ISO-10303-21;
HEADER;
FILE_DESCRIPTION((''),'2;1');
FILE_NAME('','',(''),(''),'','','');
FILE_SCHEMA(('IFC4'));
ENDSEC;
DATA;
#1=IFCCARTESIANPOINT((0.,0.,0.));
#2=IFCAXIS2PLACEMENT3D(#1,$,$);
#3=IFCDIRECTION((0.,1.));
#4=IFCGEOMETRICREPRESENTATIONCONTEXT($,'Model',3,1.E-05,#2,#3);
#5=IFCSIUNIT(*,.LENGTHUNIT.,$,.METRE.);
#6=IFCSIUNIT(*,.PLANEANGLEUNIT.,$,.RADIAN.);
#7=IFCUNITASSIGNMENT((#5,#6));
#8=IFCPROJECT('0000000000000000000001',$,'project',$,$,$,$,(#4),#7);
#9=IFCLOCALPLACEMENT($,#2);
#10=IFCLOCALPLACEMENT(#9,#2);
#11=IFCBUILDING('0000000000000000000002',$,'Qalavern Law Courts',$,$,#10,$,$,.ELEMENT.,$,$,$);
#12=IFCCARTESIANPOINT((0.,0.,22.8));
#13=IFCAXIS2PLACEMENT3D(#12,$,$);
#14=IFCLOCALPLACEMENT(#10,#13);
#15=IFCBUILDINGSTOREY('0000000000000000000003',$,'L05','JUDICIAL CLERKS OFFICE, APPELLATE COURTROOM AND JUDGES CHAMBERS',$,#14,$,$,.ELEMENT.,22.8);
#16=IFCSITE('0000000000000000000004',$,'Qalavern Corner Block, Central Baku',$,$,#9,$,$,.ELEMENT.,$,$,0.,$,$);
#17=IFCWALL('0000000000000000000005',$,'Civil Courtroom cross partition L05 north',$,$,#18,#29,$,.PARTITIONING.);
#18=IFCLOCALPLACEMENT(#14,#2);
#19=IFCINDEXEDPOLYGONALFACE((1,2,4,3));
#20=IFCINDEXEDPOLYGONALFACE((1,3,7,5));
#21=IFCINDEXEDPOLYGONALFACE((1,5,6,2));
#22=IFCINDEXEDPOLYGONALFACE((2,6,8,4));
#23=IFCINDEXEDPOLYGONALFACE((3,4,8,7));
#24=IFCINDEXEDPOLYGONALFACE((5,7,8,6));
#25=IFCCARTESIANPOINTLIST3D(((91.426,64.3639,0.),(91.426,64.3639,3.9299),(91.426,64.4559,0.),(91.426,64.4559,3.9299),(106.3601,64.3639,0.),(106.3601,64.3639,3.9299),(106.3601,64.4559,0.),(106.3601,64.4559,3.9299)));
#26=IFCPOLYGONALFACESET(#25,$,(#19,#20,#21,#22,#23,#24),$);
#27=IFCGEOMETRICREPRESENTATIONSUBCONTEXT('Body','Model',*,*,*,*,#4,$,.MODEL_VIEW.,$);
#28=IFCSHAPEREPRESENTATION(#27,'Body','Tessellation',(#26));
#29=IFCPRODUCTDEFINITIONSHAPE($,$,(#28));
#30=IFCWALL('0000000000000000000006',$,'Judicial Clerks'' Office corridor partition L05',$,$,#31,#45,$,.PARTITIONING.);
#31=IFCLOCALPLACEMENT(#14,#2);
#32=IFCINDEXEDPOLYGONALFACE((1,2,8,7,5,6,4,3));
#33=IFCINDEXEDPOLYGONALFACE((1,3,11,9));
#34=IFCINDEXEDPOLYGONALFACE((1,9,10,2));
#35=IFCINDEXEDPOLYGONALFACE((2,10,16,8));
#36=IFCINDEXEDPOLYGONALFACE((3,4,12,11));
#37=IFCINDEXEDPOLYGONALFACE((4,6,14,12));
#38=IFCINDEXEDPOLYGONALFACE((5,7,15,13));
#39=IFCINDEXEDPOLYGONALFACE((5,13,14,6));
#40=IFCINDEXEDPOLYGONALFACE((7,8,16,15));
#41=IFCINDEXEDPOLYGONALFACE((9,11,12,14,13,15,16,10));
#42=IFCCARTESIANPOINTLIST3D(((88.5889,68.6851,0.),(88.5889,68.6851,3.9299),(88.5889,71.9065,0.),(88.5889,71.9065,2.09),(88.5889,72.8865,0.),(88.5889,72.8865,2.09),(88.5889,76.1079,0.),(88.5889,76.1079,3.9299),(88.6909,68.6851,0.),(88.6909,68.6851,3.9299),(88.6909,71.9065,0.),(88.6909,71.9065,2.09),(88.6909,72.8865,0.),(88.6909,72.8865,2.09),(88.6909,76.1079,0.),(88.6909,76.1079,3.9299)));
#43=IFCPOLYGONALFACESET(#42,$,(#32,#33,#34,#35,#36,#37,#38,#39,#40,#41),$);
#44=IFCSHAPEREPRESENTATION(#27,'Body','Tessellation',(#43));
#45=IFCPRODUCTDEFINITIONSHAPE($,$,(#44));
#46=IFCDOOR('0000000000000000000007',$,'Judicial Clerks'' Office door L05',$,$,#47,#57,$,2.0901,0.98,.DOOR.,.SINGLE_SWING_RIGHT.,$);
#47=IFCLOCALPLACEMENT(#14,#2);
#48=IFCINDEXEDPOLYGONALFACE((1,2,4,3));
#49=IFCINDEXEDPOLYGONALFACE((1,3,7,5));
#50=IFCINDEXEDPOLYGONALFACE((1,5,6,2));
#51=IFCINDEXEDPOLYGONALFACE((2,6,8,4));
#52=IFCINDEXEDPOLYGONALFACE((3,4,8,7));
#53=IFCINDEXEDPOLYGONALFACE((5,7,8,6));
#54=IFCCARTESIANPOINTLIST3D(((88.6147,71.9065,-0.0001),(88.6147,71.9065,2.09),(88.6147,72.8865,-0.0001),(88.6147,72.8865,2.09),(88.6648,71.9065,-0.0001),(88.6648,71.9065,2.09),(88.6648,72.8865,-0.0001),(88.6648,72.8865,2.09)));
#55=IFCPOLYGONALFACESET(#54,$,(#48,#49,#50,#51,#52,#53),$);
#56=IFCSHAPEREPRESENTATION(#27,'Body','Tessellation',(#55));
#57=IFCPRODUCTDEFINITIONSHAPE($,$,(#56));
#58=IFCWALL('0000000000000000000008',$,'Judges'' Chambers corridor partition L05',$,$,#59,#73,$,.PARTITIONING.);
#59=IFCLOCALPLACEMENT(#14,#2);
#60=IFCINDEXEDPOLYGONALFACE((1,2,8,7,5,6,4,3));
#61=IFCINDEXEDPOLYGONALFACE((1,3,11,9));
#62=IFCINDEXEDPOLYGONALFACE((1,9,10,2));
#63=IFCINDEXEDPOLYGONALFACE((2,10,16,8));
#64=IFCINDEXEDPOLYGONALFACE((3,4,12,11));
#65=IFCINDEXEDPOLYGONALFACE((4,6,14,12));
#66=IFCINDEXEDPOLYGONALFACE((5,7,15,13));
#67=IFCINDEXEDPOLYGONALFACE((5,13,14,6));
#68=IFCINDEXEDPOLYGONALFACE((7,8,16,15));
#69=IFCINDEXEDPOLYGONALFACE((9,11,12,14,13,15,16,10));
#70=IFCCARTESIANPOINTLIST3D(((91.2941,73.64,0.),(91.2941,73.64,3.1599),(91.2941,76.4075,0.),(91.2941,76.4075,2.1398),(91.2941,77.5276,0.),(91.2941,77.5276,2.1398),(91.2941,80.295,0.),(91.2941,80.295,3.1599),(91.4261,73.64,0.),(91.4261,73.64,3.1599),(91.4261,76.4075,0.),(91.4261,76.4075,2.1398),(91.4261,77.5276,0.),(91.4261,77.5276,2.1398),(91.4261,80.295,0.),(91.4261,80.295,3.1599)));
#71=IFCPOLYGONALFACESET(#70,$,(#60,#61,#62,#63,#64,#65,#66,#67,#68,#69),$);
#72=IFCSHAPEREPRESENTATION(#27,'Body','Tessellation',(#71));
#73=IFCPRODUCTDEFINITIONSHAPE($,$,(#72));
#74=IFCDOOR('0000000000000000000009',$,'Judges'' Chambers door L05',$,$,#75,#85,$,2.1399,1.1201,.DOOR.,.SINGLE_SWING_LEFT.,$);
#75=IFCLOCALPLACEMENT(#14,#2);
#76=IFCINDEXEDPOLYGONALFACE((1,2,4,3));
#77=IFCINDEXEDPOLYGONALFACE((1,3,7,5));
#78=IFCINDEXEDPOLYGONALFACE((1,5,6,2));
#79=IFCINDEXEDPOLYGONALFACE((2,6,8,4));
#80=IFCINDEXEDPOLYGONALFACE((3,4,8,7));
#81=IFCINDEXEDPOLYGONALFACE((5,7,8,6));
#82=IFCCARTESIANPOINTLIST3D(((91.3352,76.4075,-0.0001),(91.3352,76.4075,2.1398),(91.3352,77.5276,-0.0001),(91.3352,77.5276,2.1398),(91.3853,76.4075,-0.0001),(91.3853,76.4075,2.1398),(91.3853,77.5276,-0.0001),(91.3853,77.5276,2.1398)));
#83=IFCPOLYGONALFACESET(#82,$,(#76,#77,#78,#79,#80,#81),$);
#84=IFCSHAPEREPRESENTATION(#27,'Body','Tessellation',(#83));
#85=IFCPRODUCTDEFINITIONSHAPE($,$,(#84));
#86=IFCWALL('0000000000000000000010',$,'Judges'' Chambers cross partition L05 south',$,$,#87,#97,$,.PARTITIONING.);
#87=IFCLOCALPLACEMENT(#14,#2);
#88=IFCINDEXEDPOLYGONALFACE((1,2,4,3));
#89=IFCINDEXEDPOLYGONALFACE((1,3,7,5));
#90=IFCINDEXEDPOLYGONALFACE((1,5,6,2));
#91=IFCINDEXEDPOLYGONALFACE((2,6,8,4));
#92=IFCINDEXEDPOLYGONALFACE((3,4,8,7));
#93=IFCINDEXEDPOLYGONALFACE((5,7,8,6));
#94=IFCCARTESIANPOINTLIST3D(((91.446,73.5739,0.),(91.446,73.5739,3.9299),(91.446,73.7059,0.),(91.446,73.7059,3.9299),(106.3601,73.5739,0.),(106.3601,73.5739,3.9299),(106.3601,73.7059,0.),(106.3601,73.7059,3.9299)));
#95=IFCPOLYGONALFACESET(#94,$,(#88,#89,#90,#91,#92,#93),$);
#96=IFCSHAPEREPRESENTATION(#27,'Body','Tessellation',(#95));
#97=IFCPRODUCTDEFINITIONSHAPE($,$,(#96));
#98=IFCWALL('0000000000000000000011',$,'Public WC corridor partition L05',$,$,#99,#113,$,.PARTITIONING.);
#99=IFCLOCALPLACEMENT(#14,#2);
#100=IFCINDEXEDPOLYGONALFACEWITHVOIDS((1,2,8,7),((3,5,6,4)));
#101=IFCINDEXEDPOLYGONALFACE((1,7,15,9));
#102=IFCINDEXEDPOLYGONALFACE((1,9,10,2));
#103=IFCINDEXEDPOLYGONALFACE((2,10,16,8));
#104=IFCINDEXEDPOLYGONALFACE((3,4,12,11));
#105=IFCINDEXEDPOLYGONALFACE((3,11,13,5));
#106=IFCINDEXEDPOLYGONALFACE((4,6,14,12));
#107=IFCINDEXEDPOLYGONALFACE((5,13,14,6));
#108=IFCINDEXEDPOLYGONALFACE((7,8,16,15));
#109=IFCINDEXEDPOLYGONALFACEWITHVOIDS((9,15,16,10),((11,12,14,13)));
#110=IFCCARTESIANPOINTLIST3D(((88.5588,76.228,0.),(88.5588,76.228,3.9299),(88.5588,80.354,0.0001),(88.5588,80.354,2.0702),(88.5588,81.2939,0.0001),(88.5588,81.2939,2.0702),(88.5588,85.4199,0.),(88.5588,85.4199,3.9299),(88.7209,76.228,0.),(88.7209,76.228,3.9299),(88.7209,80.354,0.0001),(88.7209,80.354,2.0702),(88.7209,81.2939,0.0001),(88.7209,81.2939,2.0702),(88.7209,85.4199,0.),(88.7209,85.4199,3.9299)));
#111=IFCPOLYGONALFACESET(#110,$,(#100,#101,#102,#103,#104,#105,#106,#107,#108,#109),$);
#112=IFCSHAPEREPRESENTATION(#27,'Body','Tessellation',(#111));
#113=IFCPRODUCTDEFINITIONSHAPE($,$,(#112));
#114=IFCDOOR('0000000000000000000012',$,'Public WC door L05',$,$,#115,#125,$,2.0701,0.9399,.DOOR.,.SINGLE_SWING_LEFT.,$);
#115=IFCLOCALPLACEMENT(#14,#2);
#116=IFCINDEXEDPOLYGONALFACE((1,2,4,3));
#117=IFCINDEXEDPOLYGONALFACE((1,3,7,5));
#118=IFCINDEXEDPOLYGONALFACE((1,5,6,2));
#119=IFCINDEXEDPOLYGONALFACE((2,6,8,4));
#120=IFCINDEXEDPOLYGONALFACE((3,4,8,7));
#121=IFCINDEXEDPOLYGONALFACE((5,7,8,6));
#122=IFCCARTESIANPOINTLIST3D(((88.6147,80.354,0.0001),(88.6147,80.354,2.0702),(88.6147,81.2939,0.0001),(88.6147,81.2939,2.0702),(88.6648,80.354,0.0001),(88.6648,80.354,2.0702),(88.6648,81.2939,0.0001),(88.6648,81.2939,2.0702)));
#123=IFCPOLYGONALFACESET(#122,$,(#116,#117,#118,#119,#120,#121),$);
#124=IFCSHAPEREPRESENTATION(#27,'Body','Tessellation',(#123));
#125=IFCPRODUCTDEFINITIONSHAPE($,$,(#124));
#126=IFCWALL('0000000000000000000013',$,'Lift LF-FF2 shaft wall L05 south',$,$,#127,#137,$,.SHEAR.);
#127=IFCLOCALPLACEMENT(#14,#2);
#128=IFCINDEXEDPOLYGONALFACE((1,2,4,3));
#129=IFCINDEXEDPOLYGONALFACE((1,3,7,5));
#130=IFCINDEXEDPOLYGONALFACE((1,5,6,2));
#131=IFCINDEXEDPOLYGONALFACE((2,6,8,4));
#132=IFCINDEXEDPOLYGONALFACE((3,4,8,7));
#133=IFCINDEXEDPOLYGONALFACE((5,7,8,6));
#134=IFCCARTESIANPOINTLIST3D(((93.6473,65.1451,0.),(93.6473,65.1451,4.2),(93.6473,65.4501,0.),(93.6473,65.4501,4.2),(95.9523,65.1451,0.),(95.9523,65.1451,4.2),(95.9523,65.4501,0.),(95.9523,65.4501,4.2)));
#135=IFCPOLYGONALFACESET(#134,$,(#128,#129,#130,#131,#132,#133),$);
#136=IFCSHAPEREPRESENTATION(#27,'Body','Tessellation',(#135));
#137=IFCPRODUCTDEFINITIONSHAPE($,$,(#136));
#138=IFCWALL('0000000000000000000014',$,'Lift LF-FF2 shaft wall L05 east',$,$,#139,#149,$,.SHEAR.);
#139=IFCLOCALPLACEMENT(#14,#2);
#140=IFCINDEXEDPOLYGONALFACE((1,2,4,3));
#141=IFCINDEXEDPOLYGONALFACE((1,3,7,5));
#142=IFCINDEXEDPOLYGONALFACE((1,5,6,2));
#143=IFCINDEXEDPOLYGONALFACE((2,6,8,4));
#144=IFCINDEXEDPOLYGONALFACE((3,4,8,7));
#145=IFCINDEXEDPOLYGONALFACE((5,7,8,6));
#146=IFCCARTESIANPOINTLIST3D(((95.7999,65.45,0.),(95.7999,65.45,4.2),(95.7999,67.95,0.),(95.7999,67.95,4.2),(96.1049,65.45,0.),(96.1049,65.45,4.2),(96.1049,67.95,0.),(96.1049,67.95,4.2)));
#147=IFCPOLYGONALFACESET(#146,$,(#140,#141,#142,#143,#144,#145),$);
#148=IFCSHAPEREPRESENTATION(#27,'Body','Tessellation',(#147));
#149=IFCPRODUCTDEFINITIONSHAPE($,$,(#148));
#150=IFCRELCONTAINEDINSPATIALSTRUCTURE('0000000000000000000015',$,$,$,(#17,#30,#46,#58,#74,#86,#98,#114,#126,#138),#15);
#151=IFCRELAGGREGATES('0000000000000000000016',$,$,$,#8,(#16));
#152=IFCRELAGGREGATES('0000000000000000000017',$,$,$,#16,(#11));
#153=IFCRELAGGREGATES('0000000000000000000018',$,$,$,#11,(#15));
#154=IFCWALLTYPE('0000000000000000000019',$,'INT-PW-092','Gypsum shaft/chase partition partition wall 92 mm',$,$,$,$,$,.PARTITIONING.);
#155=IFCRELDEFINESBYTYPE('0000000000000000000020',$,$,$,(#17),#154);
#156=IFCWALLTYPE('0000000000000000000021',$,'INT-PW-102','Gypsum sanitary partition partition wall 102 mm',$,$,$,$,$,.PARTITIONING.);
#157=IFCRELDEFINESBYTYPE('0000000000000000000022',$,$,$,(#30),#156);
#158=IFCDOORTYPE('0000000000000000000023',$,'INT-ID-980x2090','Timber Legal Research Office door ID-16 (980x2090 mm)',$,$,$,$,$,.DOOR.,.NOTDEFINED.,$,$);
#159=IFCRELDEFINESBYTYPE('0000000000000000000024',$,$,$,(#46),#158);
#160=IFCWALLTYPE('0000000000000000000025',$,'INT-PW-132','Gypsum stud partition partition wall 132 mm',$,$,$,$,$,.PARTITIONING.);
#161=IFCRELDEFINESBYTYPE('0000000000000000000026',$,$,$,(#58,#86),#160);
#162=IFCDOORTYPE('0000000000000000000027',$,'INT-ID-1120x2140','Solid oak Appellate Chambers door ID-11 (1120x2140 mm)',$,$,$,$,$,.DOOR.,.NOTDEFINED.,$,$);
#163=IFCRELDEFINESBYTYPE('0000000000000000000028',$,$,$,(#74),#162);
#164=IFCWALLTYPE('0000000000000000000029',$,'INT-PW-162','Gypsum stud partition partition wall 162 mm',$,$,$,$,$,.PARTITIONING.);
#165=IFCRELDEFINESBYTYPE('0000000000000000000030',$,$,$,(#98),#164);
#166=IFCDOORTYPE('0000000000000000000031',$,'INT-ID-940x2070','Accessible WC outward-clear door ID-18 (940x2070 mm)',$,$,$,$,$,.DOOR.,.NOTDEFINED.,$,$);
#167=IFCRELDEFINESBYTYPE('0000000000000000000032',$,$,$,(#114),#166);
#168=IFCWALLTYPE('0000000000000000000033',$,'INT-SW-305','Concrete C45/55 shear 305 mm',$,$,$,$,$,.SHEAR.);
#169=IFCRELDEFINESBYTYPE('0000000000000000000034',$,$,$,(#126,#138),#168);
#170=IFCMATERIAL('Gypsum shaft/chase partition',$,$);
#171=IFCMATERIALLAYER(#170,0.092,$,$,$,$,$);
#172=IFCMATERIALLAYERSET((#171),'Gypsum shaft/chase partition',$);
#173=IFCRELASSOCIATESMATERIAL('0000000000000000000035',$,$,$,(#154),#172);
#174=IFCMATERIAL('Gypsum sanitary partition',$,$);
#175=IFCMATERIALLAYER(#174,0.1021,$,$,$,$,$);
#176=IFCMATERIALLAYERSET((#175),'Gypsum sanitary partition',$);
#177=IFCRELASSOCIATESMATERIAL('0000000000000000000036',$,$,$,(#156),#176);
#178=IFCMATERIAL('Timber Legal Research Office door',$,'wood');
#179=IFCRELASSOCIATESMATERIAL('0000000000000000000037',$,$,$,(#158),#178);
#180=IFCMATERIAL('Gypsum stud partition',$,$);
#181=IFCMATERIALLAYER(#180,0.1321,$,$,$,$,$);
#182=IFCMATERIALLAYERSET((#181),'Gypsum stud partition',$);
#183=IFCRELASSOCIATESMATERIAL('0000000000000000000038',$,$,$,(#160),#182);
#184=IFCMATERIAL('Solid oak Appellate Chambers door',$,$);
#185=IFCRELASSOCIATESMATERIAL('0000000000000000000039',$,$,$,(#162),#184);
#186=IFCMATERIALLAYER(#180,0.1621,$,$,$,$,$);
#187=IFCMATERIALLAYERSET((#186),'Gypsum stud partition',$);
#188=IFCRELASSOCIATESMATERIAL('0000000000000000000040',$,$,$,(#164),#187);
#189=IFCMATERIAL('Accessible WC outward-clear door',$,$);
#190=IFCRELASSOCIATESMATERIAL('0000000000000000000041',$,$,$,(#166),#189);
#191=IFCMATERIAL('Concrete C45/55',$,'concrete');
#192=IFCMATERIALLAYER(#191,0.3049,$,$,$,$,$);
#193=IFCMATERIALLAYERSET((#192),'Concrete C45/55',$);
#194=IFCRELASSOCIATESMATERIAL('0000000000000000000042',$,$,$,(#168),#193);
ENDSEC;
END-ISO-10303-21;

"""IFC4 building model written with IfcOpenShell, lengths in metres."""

from ifc_helpers import new_model, si_unit, direction, frame, frame_2d, origin, place, context, subcontext, project, spatial, rectangle, extrude, material, layer, layer_set, type_object, element, fill, save


model = new_model("IFC4")

# Units and contexts
model_context = context("Model", 3, precision=1e-05, world=origin(), true_north=direction((0.0, 1.0)))
body_context = subcontext(model_context, "Body", "Model", "MODEL_VIEW")
ifc_project = project(units=[si_unit("LENGTHUNIT", "METRE"), si_unit("PLANEANGLEUNIT", "RADIAN")], contexts=[model_context])

# Site, building, storey
site_placement = place(None, origin())
site = spatial("IfcSite", under=ifc_project, at=site_placement, Name="Qalavern Corner Block, Central Baku", CompositionType="ELEMENT", RefElevation=0.0)
building_placement = place(site_placement, origin())
building = spatial("IfcBuilding", under=site, at=building_placement, Name="Qalavern Law Courts", CompositionType="ELEMENT")
storey_placement = place(building_placement, frame((0.0, 0.0, 22.8)))
storey = spatial("IfcBuildingStorey", under=building, at=storey_placement, Name="L05", Description="JUDICIAL CLERKS OFFICE, APPELLATE COURTROOM AND JUDGES CHAMBERS", CompositionType="ELEMENT", Elevation=22.8)

# Shared definitions
ifc_material_1 = material(Name="Concrete C45/55", Category="concrete")

# Wall
ifc_material_2 = material(Name="Gypsum shaft/chase partition")
ifc_layer_1 = layer(ifc_material_2, 0.092)
ifc_layer_set_1 = layer_set([ifc_layer_1], Name="Gypsum shaft/chase partition")
wall_type_1 = type_object("IfcWallType", Name="INT-PW-092", Description="Gypsum shaft/chase partition partition wall 92 mm", PredefinedType="PARTITIONING", material=ifc_layer_set_1)
wall_1_placement = place(storey_placement, frame((91.426, 64.4099, 0.0), z_axis=(0.0, 0.0, 1.0), x_axis=(1.0, 0.0, 0.0)))
element("IfcWall", 1, at=wall_1_placement, inside=storey, type_object=wall_type_1, Name="Civil Courtroom cross partition L05 north", PredefinedType="PARTITIONING", context=body_context, shape_type="SweptSolid", body=[
    extrude(rectangle(XDim=14.9341, YDim=0.092, at=frame_2d((7.467, 0.0))), origin(), (0.0, 0.0, 1.0), 3.9299),
])

# Walls, openings, doors
ifc_material_3 = material(Name="Gypsum sanitary partition")
ifc_layer_2 = layer(ifc_material_3, 0.1021)
ifc_layer_set_2 = layer_set([ifc_layer_2], Name="Gypsum sanitary partition")
wall_type_2 = type_object("IfcWallType", Name="INT-PW-102", Description="Gypsum sanitary partition partition wall 102 mm", PredefinedType="PARTITIONING", material=ifc_layer_set_2)
wall_2_placement = place(storey_placement, frame((88.6399, 68.6851, 0.0), z_axis=(0.0, 0.0, 1.0), x_axis=(0.0, 1.0, 0.0)))
wall_2 = element("IfcWall", 2, at=wall_2_placement, inside=storey, type_object=wall_type_2, Name="Judicial Clerks' Office corridor partition L05", PredefinedType="PARTITIONING", context=body_context, shape_type="SweptSolid", body=[
    extrude(rectangle(XDim=7.4229, YDim=0.1021, at=frame_2d((3.7114, 0.0))), origin(), (0.0, 0.0, 1.0), 3.9299),
])
opening_1_placement = place(wall_2_placement, frame((3.2214, 0.0, 0.0)))
opening_1 = element("IfcOpeningElement", 3, at=opening_1_placement, cuts=wall_2, PredefinedType="OPENING", context=body_context, shape_type="SweptSolid", body=[
    extrude(rectangle(XDim=0.98, YDim=2.0901, at=frame_2d((0.49, 1.0449))), frame((0.0, 0.0659, 0.0), z_axis=(0.0, -1.0, 0.0), x_axis=(1.0, 0.0, 0.0)), (0.0, 0.0, 1.0), 0.1318),
])
ifc_material_4 = material(Name="Timber Legal Research Office door", Category="wood")
door_type_1 = type_object("IfcDoorType", Name="INT-ID-980x2090", Description="Timber Legal Research Office door ID-16 (980x2090 mm)", OperationType="NOTDEFINED", PredefinedType="DOOR", material=ifc_material_4)
door_1_placement = place(opening_1_placement, frame((0.98, 0.0, 0.0), z_axis=(0.0, 0.0, 1.0), x_axis=(-1.0, 0.0, 0.0)))
door_1 = element("IfcDoor", 4, at=door_1_placement, inside=storey, type_object=door_type_1, Name="Judicial Clerks' Office door L05", OperationType="SINGLE_SWING_RIGHT", OverallHeight=2.0901, OverallWidth=0.98, PredefinedType="DOOR", context=body_context, shape_type="SweptSolid", body=[
    extrude(rectangle(XDim=0.98, YDim=2.0901, at=frame_2d((0.49, 1.0449))), frame((0.0, 0.0249, 0.0), z_axis=(0.0, -1.0, 0.0), x_axis=(1.0, 0.0, 0.0)), (0.0, 0.0, 1.0), 0.05),
])
fill(opening_1, door_1)
ifc_material_5 = material(Name="Gypsum stud partition")
ifc_layer_3 = layer(ifc_material_5, 0.1321)
ifc_layer_set_3 = layer_set([ifc_layer_3], Name="Gypsum stud partition")
wall_type_3 = type_object("IfcWallType", Name="INT-PW-132", Description="Gypsum stud partition partition wall 132 mm", PredefinedType="PARTITIONING", material=ifc_layer_set_3)
wall_3_placement = place(storey_placement, frame((91.3601, 73.6399, 0.0), z_axis=(0.0, 0.0, 1.0), x_axis=(0.0, 1.0, 0.0)))
wall_3 = element("IfcWall", 5, at=wall_3_placement, inside=storey, type_object=wall_type_3, Name="Judges' Chambers corridor partition L05", PredefinedType="PARTITIONING", context=body_context, shape_type="SweptSolid", body=[
    extrude(rectangle(XDim=6.655, YDim=0.1321, at=frame_2d((3.3276, 0.0))), origin(), (0.0, 0.0, 1.0), 3.1599),
])
opening_2_placement = place(wall_3_placement, frame((2.7676, 0.0, 0.0)))
opening_2 = element("IfcOpeningElement", 6, at=opening_2_placement, cuts=wall_3, PredefinedType="OPENING", context=body_context, shape_type="SweptSolid", body=[
    extrude(rectangle(XDim=1.1201, YDim=2.1399, at=frame_2d((0.5601, 1.0698))), frame((0.0, 0.0811, 0.0), z_axis=(0.0, -1.0, 0.0), x_axis=(1.0, 0.0, 0.0)), (0.0, 0.0, 1.0), 0.1619),
])
ifc_material_6 = material(Name="Solid oak Appellate Chambers door")
door_type_2 = type_object("IfcDoorType", Name="INT-ID-1120x2140", Description="Solid oak Appellate Chambers door ID-11 (1120x2140 mm)", OperationType="NOTDEFINED", PredefinedType="DOOR", material=ifc_material_6)
door_2_placement = place(opening_2_placement, origin())
door_2 = element("IfcDoor", 7, at=door_2_placement, inside=storey, type_object=door_type_2, Name="Judges' Chambers door L05", OperationType="SINGLE_SWING_LEFT", OverallHeight=2.1399, OverallWidth=1.1201, PredefinedType="DOOR", context=body_context, shape_type="SweptSolid", body=[
    extrude(rectangle(XDim=1.1201, YDim=2.1399, at=frame_2d((0.5601, 1.0698))), frame((0.0, 0.0249, 0.0), z_axis=(0.0, -1.0, 0.0), x_axis=(1.0, 0.0, 0.0)), (0.0, 0.0, 1.0), 0.05),
])
fill(opening_2, door_2)

# Wall
wall_4_placement = place(storey_placement, frame((91.446, 73.6399, 0.0), z_axis=(0.0, 0.0, 1.0), x_axis=(1.0, 0.0, 0.0)))
element("IfcWall", 8, at=wall_4_placement, inside=storey, type_object=wall_type_3, Name="Judges' Chambers cross partition L05 south", PredefinedType="PARTITIONING", context=body_context, shape_type="SweptSolid", body=[
    extrude(rectangle(XDim=14.9141, YDim=0.1321, at=frame_2d((7.457, 0.0))), origin(), (0.0, 0.0, 1.0), 3.9299),
])

# Wall, opening, door
ifc_layer_4 = layer(ifc_material_5, 0.1621)
ifc_layer_set_4 = layer_set([ifc_layer_4], Name="Gypsum stud partition")
wall_type_4 = type_object("IfcWallType", Name="INT-PW-162", Description="Gypsum stud partition partition wall 162 mm", PredefinedType="PARTITIONING", material=ifc_layer_set_4)
wall_5_placement = place(storey_placement, frame((88.6399, 76.228, 0.0), z_axis=(0.0, 0.0, 1.0), x_axis=(0.0, 1.0, 0.0)))
wall_5 = element("IfcWall", 9, at=wall_5_placement, inside=storey, type_object=wall_type_4, Name="Public WC corridor partition L05", PredefinedType="PARTITIONING", context=body_context, shape_type="SweptSolid", body=[
    extrude(rectangle(XDim=9.1919, YDim=0.1621, at=frame_2d((4.5959, 0.0))), origin(), (0.0, 0.0, 1.0), 3.9299),
])
opening_3_placement = place(wall_5_placement, frame((4.126, 0.0, 0.0)))
opening_3 = element("IfcOpeningElement", 10, at=opening_3_placement, cuts=wall_5, PredefinedType="OPENING", context=body_context, shape_type="SweptSolid", body=[
    extrude(rectangle(XDim=0.9399, YDim=2.0701, at=frame_2d((0.47, 1.0352))), frame((0.0, 0.0959, 0.0), z_axis=(0.0, -1.0, 0.0), x_axis=(1.0, 0.0, 0.0)), (0.0, 0.0, 1.0), 0.1919),
])
ifc_material_7 = material(Name="Accessible WC outward-clear door")
door_type_3 = type_object("IfcDoorType", Name="INT-ID-940x2070", Description="Accessible WC outward-clear door ID-18 (940x2070 mm)", OperationType="NOTDEFINED", PredefinedType="DOOR", material=ifc_material_7)
door_3_placement = place(opening_3_placement, frame((0.9399, 0.0, 0.0), z_axis=(0.0, 0.0, 1.0), x_axis=(-1.0, 0.0, 0.0)))
door_3 = element("IfcDoor", 11, at=door_3_placement, inside=storey, type_object=door_type_3, Name="Public WC door L05", OperationType="SINGLE_SWING_LEFT", OverallHeight=2.0701, OverallWidth=0.9399, PredefinedType="DOOR", context=body_context, shape_type="SweptSolid", body=[
    extrude(rectangle(XDim=0.9399, YDim=2.0701, at=frame_2d((0.47, 1.0352))), frame((0.0, 0.0249, 0.0), z_axis=(0.0, -1.0, 0.0), x_axis=(1.0, 0.0, 0.0)), (0.0, 0.0, 1.0), 0.05),
])
fill(opening_3, door_3)

# Walls
ifc_layer_5 = layer(ifc_material_1, 0.3049)
ifc_layer_set_5 = layer_set([ifc_layer_5], Name="Concrete C45/55")
wall_type_5 = type_object("IfcWallType", Name="INT-SW-305", Description="Concrete C45/55 shear 305 mm", PredefinedType="SHEAR", material=ifc_layer_set_5)
wall_6_placement = place(storey_placement, frame((93.6475, 65.2976, 0.0), z_axis=(0.0, 0.0, 1.0), x_axis=(1.0, 0.0, 0.0)))
element("IfcWall", 12, at=wall_6_placement, inside=storey, type_object=wall_type_5, Name="Lift LF-FF2 shaft wall L05 south", PredefinedType="SHEAR", context=body_context, shape_type="SweptSolid", body=[
    extrude(rectangle(XDim=2.3049, YDim=0.3049, at=frame_2d((1.1523, 0.0))), origin(), (0.0, 0.0, 1.0), 4.2),
])
wall_7_placement = place(storey_placement, frame((95.9524, 65.45, 0.0), z_axis=(0.0, 0.0, 1.0), x_axis=(0.0, 1.0, 0.0)))
element("IfcWall", 13, at=wall_7_placement, inside=storey, type_object=wall_type_5, Name="Lift LF-FF2 shaft wall L05 east", PredefinedType="SHEAR", context=body_context, shape_type="SweptSolid", body=[
    extrude(rectangle(XDim=2.5, YDim=0.3049, at=frame_2d((1.25, 0.0))), origin(), (0.0, 0.0, 1.0), 4.2),
])

save(model, "model.ifc")
